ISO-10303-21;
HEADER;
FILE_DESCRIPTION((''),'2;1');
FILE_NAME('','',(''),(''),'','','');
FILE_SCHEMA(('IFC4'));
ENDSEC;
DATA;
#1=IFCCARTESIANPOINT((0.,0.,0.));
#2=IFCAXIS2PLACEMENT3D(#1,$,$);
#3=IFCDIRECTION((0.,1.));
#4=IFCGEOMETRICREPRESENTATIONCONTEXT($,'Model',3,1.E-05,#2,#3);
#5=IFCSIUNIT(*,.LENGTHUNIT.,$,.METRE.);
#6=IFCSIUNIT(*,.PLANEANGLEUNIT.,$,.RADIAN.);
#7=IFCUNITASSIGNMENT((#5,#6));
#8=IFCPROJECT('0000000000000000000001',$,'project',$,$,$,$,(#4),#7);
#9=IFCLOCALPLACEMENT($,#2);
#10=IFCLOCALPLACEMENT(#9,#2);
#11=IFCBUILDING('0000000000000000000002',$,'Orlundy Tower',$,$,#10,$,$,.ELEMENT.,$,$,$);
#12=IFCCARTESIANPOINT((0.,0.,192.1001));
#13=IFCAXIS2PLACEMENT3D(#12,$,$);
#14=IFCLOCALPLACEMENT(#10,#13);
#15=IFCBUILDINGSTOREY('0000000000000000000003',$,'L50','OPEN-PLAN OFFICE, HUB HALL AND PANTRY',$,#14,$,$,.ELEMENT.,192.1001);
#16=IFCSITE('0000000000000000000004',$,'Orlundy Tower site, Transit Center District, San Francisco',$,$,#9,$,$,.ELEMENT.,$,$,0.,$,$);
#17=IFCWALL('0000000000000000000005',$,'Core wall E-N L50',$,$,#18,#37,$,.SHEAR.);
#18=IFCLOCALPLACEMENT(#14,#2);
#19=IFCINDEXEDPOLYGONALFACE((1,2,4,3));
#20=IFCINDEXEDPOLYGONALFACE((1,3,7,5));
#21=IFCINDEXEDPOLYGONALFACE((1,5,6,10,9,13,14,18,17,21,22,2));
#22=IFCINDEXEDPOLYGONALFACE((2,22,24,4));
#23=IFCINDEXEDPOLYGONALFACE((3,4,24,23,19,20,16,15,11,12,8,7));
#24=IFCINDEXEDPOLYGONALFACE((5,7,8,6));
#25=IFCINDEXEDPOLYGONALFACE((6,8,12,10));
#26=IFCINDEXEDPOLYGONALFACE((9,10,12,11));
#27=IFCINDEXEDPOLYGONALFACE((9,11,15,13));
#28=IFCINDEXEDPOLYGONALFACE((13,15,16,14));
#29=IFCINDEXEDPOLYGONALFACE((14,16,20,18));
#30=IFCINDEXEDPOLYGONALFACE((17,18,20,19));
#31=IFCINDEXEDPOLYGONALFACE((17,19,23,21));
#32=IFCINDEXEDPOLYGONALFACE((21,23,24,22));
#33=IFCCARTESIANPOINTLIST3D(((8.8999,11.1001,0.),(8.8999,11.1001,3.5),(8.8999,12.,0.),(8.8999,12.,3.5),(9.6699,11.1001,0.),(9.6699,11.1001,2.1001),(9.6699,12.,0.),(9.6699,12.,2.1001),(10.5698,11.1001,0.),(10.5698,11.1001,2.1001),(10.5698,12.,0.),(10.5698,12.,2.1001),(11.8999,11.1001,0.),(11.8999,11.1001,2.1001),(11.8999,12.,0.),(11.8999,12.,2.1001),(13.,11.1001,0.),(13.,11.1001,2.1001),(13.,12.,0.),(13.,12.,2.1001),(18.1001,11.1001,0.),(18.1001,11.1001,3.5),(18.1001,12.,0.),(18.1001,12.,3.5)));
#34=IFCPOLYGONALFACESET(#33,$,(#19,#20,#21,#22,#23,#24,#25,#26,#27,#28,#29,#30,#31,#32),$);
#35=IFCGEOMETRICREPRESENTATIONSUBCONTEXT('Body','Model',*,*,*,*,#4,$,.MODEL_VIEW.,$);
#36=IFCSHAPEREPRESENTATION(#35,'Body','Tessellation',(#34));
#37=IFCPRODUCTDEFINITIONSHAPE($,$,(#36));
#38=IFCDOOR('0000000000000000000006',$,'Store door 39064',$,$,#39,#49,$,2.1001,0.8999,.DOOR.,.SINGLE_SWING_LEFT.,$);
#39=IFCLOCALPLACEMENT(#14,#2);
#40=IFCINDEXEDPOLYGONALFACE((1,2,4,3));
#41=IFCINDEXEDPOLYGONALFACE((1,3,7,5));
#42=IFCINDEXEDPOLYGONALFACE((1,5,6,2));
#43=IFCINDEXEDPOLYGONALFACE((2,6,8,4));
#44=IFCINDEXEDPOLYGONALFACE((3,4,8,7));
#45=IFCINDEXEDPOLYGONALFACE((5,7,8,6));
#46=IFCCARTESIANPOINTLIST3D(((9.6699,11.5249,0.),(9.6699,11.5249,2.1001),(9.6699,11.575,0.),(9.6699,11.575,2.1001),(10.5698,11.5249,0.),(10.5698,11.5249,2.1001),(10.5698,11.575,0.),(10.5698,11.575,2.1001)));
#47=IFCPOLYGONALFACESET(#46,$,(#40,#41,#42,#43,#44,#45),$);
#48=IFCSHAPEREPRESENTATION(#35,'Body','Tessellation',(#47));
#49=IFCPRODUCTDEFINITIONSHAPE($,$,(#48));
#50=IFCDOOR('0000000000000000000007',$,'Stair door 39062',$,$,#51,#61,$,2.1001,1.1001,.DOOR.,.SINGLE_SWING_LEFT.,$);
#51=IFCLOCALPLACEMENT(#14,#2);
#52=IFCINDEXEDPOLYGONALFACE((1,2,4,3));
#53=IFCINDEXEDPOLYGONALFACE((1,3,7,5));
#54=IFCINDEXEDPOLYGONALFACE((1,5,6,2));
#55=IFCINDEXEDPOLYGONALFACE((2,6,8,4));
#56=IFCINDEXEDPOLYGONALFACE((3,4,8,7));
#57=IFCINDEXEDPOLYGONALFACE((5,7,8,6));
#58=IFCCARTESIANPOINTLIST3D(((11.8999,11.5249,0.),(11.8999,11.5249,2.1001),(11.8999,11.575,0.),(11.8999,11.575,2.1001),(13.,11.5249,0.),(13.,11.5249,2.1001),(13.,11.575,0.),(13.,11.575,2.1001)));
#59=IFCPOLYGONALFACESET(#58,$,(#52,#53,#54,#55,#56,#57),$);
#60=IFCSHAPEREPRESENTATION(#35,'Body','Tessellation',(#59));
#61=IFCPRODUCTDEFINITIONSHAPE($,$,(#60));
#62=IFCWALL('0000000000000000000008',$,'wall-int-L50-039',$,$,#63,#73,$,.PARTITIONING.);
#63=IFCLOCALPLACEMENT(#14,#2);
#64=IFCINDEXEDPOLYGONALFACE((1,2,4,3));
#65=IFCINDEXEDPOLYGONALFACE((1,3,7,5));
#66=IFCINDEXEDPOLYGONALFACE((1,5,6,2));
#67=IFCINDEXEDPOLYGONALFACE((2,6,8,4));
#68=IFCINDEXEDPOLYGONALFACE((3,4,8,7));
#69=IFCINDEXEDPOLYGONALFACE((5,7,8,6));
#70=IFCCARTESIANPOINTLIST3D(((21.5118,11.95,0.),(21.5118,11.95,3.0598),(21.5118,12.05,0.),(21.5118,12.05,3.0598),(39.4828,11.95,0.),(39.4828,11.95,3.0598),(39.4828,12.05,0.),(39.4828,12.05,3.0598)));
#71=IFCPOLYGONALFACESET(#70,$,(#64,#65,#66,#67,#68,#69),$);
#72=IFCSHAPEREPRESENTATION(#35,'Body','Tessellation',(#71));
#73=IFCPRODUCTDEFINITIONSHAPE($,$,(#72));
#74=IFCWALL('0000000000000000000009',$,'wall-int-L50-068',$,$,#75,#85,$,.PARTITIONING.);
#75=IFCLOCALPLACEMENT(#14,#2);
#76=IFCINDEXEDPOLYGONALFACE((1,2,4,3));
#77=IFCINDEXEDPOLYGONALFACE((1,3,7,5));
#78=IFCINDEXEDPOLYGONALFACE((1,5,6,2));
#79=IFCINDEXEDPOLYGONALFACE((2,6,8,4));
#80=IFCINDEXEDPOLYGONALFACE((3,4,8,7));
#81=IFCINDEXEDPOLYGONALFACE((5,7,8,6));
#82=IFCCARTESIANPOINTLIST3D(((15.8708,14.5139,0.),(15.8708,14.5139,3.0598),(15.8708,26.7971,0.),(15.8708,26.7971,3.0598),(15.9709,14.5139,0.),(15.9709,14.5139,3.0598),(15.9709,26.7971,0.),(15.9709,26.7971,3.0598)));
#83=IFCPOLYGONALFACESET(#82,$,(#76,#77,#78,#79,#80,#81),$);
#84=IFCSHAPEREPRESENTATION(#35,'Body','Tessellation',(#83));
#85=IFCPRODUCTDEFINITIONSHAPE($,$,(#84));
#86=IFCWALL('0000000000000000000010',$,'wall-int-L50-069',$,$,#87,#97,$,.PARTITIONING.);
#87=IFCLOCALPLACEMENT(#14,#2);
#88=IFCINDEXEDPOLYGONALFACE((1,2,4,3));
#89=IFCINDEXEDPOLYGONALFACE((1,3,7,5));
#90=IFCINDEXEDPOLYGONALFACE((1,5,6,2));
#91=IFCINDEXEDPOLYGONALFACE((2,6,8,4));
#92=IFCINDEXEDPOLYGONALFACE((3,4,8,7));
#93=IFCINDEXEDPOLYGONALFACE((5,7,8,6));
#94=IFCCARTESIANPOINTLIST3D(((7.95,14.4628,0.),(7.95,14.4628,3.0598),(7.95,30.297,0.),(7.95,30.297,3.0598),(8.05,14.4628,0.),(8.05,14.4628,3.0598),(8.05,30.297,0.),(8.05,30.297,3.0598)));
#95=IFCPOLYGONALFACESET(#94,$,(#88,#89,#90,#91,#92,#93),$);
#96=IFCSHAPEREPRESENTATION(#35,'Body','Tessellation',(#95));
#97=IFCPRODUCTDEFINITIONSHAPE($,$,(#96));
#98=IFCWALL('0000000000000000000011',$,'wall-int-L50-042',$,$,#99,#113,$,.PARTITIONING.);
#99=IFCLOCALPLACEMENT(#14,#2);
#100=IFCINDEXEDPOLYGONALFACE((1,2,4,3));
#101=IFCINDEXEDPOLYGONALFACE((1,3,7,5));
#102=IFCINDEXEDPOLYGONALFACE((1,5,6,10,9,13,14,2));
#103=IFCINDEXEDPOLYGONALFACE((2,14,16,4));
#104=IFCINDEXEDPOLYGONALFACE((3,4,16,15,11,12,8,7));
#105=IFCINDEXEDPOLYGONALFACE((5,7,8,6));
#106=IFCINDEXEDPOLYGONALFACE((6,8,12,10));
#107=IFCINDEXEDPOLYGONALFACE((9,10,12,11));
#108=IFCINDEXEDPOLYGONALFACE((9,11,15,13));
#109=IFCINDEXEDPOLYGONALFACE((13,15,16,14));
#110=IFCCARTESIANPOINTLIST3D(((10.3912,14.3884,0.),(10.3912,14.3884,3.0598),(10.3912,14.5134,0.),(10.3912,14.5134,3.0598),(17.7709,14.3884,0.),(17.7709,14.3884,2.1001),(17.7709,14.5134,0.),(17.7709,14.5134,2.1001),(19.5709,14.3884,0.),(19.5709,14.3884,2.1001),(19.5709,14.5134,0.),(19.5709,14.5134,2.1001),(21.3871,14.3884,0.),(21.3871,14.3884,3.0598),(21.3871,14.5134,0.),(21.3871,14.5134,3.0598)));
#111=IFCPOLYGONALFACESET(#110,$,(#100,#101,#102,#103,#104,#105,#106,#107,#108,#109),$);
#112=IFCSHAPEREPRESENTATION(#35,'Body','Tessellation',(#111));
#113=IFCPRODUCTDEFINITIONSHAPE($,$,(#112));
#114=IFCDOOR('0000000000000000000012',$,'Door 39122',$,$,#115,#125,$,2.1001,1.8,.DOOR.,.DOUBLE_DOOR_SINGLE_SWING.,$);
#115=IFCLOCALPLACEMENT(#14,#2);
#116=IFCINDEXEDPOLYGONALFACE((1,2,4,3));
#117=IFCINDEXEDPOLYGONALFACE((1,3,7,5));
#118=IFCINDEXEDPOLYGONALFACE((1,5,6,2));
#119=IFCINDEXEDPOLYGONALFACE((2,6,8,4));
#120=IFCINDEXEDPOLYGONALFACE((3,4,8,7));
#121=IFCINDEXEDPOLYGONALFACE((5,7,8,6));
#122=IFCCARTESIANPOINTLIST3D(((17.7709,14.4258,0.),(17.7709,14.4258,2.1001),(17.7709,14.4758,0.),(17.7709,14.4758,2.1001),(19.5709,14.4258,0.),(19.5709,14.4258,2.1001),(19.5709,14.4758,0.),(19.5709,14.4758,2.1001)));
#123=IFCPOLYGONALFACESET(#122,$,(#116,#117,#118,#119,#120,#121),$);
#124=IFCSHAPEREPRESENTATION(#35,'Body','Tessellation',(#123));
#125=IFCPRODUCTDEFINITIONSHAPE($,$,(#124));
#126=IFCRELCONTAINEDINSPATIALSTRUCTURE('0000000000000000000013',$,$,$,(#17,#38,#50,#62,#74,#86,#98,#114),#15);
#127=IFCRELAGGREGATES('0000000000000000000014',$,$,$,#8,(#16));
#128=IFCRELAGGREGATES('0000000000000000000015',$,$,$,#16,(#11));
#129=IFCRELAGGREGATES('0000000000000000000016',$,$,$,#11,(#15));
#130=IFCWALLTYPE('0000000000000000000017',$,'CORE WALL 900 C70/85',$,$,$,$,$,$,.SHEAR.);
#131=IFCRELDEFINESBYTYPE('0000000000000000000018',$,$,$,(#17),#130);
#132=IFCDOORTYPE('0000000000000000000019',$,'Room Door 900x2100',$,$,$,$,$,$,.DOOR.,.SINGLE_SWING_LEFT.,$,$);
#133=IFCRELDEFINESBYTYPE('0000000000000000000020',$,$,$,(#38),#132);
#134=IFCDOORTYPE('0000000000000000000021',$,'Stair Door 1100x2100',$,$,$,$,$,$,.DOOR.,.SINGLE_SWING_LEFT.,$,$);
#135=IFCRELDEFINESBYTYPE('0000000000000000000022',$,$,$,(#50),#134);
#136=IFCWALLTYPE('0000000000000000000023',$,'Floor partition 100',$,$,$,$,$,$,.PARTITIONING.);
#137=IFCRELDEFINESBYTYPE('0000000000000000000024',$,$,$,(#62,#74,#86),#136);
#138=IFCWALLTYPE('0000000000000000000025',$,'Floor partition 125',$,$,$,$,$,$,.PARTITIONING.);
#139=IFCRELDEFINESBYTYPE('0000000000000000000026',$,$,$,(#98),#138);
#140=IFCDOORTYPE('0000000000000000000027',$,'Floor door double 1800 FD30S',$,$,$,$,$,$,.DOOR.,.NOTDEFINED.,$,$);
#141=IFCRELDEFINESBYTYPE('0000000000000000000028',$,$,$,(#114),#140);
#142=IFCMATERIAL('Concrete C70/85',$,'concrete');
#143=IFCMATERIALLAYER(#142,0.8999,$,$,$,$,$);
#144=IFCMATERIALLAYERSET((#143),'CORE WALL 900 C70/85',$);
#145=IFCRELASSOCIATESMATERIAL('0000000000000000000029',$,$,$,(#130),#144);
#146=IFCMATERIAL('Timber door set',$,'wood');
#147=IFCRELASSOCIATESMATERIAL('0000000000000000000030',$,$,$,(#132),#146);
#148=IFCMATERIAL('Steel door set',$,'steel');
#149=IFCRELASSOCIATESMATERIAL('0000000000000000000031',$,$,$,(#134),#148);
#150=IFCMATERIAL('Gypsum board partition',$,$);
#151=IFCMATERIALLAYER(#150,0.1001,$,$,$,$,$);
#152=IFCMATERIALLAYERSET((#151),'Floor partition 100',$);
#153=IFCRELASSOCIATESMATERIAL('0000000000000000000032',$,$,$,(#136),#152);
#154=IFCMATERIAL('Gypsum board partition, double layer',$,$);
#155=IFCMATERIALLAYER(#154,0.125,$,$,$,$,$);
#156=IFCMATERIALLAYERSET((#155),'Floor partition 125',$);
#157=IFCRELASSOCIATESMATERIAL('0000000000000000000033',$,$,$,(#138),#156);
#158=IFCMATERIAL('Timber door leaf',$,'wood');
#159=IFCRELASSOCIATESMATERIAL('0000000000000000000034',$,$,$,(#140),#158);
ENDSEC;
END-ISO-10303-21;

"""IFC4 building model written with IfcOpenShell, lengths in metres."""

from ifc_helpers import new_model, si_unit, direction, frame, frame_2d, origin, place, context, subcontext, project, spatial, rectangle, extrude, material, layer, layer_set, type_object, element, fill, save


model = new_model("IFC4")

# Units and contexts
model_context = context("Model", 3, precision=1e-05, world=origin(), true_north=direction((0.0, 1.0)))
body_context = subcontext(model_context, "Body", "Model", "MODEL_VIEW")
ifc_project = project(units=[si_unit("LENGTHUNIT", "METRE"), si_unit("PLANEANGLEUNIT", "RADIAN")], contexts=[model_context])

# Site, building, storey
site_placement = place(None, origin())
site = spatial("IfcSite", under=ifc_project, at=site_placement, Name="Orlundy Tower site, Transit Center District, San Francisco", CompositionType="ELEMENT", RefElevation=0.0)
building_placement = place(site_placement, origin())
building = spatial("IfcBuilding", under=site, at=building_placement, Name="Orlundy Tower", CompositionType="ELEMENT")
storey_placement = place(building_placement, frame((0.0, 0.0, 192.1001)))
storey = spatial("IfcBuildingStorey", under=building, at=storey_placement, Name="L50", Description="OPEN-PLAN OFFICE, HUB HALL AND PANTRY", CompositionType="ELEMENT", Elevation=192.1001)

# Wall, openings, doors
ifc_material_1 = material(Name="Concrete C70/85", Category="concrete")
ifc_layer_1 = layer(ifc_material_1, 0.8999)
ifc_layer_set_1 = layer_set([ifc_layer_1], Name="CORE WALL 900 C70/85")
wall_type_1 = type_object("IfcWallType", Name="CORE WALL 900 C70/85", PredefinedType="SHEAR", material=ifc_layer_set_1)
wall_1_placement = place(storey_placement, frame((8.8999, 11.55, 0.0), z_axis=(0.0, 0.0, 1.0), x_axis=(1.0, 0.0, 0.0)))
wall_1 = element("IfcWall", 1, at=wall_1_placement, inside=storey, type_object=wall_type_1, Name="Core wall E-N L50", PredefinedType="SHEAR", context=body_context, shape_type="SweptSolid", body=[
    extrude(rectangle(XDim=9.2002, YDim=0.8999, at=frame_2d((4.6001, 0.0))), origin(), (0.0, 0.0, 1.0), 3.5),
])
opening_1_placement = place(wall_1_placement, frame((3.0, 0.0, 0.0)))
opening_1 = element("IfcOpeningElement", 2, at=opening_1_placement, cuts=wall_1, PredefinedType="OPENING", context=body_context, shape_type="SweptSolid", body=[
    extrude(rectangle(XDim=1.1001, YDim=2.1001, at=frame_2d((0.55, 1.05))), frame((0.0, 0.46, 0.0), z_axis=(0.0, -1.0, 0.0), x_axis=(1.0, 0.0, 0.0)), (0.0, 0.0, 1.0), 0.9199),
])
opening_2_placement = place(wall_1_placement, frame((0.77, 0.0, 0.0)))
opening_2 = element("IfcOpeningElement", 3, at=opening_2_placement, cuts=wall_1, PredefinedType="OPENING", context=body_context, shape_type="SweptSolid", body=[
    extrude(rectangle(XDim=0.8999, YDim=2.1001, at=frame_2d((0.45, 1.05))), frame((0.0, 0.46, 0.0), z_axis=(0.0, -1.0, 0.0), x_axis=(1.0, 0.0, 0.0)), (0.0, 0.0, 1.0), 0.9199),
])
ifc_material_2 = material(Name="Timber door set", Category="wood")
door_type_1 = type_object("IfcDoorType", Name="Room Door 900x2100", OperationType="SINGLE_SWING_LEFT", PredefinedType="DOOR", material=ifc_material_2)
door_1_placement = place(opening_2_placement, origin())
door_1 = element("IfcDoor", 4, at=door_1_placement, inside=storey, type_object=door_type_1, Name="Store door 39064", OperationType="SINGLE_SWING_LEFT", OverallHeight=2.1001, OverallWidth=0.8999, PredefinedType="DOOR", context=body_context, shape_type="SweptSolid", body=[
    extrude(rectangle(XDim=0.8999, YDim=2.1001, at=frame_2d((0.45, 1.05))), frame((0.0, 0.0249, 0.0), z_axis=(0.0, -1.0, 0.0), x_axis=(1.0, 0.0, 0.0)), (0.0, 0.0, 1.0), 0.05),
])
fill(opening_2, door_1)
ifc_material_3 = material(Name="Steel door set", Category="steel")
door_type_2 = type_object("IfcDoorType", Name="Stair Door 1100x2100", OperationType="SINGLE_SWING_LEFT", PredefinedType="DOOR", material=ifc_material_3)
door_2_placement = place(opening_1_placement, origin())
door_2 = element("IfcDoor", 5, at=door_2_placement, inside=storey, type_object=door_type_2, Name="Stair door 39062", OperationType="SINGLE_SWING_LEFT", OverallHeight=2.1001, OverallWidth=1.1001, PredefinedType="DOOR", context=body_context, shape_type="SweptSolid", body=[
    extrude(rectangle(XDim=1.1001, YDim=2.1001, at=frame_2d((0.55, 1.05))), frame((0.0, 0.0249, 0.0), z_axis=(0.0, -1.0, 0.0), x_axis=(1.0, 0.0, 0.0)), (0.0, 0.0, 1.0), 0.05),
])
fill(opening_1, door_2)

# Walls
ifc_material_4 = material(Name="Gypsum board partition")
ifc_layer_2 = layer(ifc_material_4, 0.1001)
ifc_layer_set_2 = layer_set([ifc_layer_2], Name="Floor partition 100")
wall_type_2 = type_object("IfcWallType", Name="Floor partition 100", PredefinedType="PARTITIONING", material=ifc_layer_set_2)
wall_2_placement = place(storey_placement, frame((21.512, 12.0, 0.0), z_axis=(0.0, 0.0, 1.0), x_axis=(1.0, 0.0, 0.0)))
element("IfcWall", 6, at=wall_2_placement, inside=storey, type_object=wall_type_2, Name="wall-int-L50-039", PredefinedType="PARTITIONING", context=body_context, shape_type="SweptSolid", body=[
    extrude(rectangle(XDim=17.9709, YDim=0.1001, at=frame_2d((8.9854, 0.0))), origin(), (0.0, 0.0, 1.0), 3.0598),
])
wall_3_placement = place(storey_placement, frame((15.9209, 14.5139, 0.0), z_axis=(0.0, 0.0, 1.0), x_axis=(0.0, 1.0, 0.0)))
element("IfcWall", 7, at=wall_3_placement, inside=storey, type_object=wall_type_2, Name="wall-int-L50-068", PredefinedType="PARTITIONING", context=body_context, shape_type="SweptSolid", body=[
    extrude(rectangle(XDim=12.2832, YDim=0.1001, at=frame_2d((6.1416, 0.0))), origin(), (0.0, 0.0, 1.0), 3.0598),
])
wall_4_placement = place(storey_placement, frame((8.0, 14.4629, 0.0), z_axis=(0.0, 0.0, 1.0), x_axis=(0.0, 1.0, 0.0)))
element("IfcWall", 8, at=wall_4_placement, inside=storey, type_object=wall_type_2, Name="wall-int-L50-069", PredefinedType="PARTITIONING", context=body_context, shape_type="SweptSolid", body=[
    extrude(rectangle(XDim=15.8342, YDim=0.1001, at=frame_2d((7.917, 0.0))), origin(), (0.0, 0.0, 1.0), 3.0598),
])

# Wall, opening, door
ifc_material_5 = material(Name="Gypsum board partition, double layer")
ifc_layer_3 = layer(ifc_material_5, 0.125)
ifc_layer_set_3 = layer_set([ifc_layer_3], Name="Floor partition 125")
wall_type_3 = type_object("IfcWallType", Name="Floor partition 125", PredefinedType="PARTITIONING", material=ifc_layer_set_3)
wall_5_placement = place(storey_placement, frame((10.3911, 14.4509, 0.0), z_axis=(0.0, 0.0, 1.0), x_axis=(1.0, 0.0, 0.0)))
wall_5 = element("IfcWall", 9, at=wall_5_placement, inside=storey, type_object=wall_type_3, Name="wall-int-L50-042", PredefinedType="PARTITIONING", context=body_context, shape_type="SweptSolid", body=[
    extrude(rectangle(XDim=10.9958, YDim=0.125, at=frame_2d((5.498, 0.0))), origin(), (0.0, 0.0, 1.0), 3.0598),
])
opening_3_placement = place(wall_5_placement, frame((7.3799, 0.0, 0.0)))
opening_3 = element("IfcOpeningElement", 10, at=opening_3_placement, cuts=wall_5, PredefinedType="OPENING", context=body_context, shape_type="SweptSolid", body=[
    extrude(rectangle(XDim=1.8, YDim=2.1001, at=frame_2d((0.8999, 1.05))), frame((0.0, 0.0725, 0.0), z_axis=(0.0, -1.0, 0.0), x_axis=(1.0, 0.0, 0.0)), (0.0, 0.0, 1.0), 0.145),
])
ifc_material_6 = material(Name="Timber door leaf", Category="wood")
door_type_3 = type_object("IfcDoorType", Name="Floor door double 1800 FD30S", OperationType="NOTDEFINED", PredefinedType="DOOR", material=ifc_material_6)
door_3_placement = place(opening_3_placement, origin())
door_3 = element("IfcDoor", 11, at=door_3_placement, inside=storey, type_object=door_type_3, Name="Door 39122", OperationType="DOUBLE_DOOR_SINGLE_SWING", OverallHeight=2.1001, OverallWidth=1.8, PredefinedType="DOOR", context=body_context, shape_type="SweptSolid", body=[
    extrude(rectangle(XDim=1.8, YDim=2.1001, at=frame_2d((0.8999, 1.05))), frame((0.0, 0.0249, 0.0), z_axis=(0.0, -1.0, 0.0), x_axis=(1.0, 0.0, 0.0)), (0.0, 0.0, 1.0), 0.05),
])
fill(opening_3, door_3)

save(model, "model.ifc")
